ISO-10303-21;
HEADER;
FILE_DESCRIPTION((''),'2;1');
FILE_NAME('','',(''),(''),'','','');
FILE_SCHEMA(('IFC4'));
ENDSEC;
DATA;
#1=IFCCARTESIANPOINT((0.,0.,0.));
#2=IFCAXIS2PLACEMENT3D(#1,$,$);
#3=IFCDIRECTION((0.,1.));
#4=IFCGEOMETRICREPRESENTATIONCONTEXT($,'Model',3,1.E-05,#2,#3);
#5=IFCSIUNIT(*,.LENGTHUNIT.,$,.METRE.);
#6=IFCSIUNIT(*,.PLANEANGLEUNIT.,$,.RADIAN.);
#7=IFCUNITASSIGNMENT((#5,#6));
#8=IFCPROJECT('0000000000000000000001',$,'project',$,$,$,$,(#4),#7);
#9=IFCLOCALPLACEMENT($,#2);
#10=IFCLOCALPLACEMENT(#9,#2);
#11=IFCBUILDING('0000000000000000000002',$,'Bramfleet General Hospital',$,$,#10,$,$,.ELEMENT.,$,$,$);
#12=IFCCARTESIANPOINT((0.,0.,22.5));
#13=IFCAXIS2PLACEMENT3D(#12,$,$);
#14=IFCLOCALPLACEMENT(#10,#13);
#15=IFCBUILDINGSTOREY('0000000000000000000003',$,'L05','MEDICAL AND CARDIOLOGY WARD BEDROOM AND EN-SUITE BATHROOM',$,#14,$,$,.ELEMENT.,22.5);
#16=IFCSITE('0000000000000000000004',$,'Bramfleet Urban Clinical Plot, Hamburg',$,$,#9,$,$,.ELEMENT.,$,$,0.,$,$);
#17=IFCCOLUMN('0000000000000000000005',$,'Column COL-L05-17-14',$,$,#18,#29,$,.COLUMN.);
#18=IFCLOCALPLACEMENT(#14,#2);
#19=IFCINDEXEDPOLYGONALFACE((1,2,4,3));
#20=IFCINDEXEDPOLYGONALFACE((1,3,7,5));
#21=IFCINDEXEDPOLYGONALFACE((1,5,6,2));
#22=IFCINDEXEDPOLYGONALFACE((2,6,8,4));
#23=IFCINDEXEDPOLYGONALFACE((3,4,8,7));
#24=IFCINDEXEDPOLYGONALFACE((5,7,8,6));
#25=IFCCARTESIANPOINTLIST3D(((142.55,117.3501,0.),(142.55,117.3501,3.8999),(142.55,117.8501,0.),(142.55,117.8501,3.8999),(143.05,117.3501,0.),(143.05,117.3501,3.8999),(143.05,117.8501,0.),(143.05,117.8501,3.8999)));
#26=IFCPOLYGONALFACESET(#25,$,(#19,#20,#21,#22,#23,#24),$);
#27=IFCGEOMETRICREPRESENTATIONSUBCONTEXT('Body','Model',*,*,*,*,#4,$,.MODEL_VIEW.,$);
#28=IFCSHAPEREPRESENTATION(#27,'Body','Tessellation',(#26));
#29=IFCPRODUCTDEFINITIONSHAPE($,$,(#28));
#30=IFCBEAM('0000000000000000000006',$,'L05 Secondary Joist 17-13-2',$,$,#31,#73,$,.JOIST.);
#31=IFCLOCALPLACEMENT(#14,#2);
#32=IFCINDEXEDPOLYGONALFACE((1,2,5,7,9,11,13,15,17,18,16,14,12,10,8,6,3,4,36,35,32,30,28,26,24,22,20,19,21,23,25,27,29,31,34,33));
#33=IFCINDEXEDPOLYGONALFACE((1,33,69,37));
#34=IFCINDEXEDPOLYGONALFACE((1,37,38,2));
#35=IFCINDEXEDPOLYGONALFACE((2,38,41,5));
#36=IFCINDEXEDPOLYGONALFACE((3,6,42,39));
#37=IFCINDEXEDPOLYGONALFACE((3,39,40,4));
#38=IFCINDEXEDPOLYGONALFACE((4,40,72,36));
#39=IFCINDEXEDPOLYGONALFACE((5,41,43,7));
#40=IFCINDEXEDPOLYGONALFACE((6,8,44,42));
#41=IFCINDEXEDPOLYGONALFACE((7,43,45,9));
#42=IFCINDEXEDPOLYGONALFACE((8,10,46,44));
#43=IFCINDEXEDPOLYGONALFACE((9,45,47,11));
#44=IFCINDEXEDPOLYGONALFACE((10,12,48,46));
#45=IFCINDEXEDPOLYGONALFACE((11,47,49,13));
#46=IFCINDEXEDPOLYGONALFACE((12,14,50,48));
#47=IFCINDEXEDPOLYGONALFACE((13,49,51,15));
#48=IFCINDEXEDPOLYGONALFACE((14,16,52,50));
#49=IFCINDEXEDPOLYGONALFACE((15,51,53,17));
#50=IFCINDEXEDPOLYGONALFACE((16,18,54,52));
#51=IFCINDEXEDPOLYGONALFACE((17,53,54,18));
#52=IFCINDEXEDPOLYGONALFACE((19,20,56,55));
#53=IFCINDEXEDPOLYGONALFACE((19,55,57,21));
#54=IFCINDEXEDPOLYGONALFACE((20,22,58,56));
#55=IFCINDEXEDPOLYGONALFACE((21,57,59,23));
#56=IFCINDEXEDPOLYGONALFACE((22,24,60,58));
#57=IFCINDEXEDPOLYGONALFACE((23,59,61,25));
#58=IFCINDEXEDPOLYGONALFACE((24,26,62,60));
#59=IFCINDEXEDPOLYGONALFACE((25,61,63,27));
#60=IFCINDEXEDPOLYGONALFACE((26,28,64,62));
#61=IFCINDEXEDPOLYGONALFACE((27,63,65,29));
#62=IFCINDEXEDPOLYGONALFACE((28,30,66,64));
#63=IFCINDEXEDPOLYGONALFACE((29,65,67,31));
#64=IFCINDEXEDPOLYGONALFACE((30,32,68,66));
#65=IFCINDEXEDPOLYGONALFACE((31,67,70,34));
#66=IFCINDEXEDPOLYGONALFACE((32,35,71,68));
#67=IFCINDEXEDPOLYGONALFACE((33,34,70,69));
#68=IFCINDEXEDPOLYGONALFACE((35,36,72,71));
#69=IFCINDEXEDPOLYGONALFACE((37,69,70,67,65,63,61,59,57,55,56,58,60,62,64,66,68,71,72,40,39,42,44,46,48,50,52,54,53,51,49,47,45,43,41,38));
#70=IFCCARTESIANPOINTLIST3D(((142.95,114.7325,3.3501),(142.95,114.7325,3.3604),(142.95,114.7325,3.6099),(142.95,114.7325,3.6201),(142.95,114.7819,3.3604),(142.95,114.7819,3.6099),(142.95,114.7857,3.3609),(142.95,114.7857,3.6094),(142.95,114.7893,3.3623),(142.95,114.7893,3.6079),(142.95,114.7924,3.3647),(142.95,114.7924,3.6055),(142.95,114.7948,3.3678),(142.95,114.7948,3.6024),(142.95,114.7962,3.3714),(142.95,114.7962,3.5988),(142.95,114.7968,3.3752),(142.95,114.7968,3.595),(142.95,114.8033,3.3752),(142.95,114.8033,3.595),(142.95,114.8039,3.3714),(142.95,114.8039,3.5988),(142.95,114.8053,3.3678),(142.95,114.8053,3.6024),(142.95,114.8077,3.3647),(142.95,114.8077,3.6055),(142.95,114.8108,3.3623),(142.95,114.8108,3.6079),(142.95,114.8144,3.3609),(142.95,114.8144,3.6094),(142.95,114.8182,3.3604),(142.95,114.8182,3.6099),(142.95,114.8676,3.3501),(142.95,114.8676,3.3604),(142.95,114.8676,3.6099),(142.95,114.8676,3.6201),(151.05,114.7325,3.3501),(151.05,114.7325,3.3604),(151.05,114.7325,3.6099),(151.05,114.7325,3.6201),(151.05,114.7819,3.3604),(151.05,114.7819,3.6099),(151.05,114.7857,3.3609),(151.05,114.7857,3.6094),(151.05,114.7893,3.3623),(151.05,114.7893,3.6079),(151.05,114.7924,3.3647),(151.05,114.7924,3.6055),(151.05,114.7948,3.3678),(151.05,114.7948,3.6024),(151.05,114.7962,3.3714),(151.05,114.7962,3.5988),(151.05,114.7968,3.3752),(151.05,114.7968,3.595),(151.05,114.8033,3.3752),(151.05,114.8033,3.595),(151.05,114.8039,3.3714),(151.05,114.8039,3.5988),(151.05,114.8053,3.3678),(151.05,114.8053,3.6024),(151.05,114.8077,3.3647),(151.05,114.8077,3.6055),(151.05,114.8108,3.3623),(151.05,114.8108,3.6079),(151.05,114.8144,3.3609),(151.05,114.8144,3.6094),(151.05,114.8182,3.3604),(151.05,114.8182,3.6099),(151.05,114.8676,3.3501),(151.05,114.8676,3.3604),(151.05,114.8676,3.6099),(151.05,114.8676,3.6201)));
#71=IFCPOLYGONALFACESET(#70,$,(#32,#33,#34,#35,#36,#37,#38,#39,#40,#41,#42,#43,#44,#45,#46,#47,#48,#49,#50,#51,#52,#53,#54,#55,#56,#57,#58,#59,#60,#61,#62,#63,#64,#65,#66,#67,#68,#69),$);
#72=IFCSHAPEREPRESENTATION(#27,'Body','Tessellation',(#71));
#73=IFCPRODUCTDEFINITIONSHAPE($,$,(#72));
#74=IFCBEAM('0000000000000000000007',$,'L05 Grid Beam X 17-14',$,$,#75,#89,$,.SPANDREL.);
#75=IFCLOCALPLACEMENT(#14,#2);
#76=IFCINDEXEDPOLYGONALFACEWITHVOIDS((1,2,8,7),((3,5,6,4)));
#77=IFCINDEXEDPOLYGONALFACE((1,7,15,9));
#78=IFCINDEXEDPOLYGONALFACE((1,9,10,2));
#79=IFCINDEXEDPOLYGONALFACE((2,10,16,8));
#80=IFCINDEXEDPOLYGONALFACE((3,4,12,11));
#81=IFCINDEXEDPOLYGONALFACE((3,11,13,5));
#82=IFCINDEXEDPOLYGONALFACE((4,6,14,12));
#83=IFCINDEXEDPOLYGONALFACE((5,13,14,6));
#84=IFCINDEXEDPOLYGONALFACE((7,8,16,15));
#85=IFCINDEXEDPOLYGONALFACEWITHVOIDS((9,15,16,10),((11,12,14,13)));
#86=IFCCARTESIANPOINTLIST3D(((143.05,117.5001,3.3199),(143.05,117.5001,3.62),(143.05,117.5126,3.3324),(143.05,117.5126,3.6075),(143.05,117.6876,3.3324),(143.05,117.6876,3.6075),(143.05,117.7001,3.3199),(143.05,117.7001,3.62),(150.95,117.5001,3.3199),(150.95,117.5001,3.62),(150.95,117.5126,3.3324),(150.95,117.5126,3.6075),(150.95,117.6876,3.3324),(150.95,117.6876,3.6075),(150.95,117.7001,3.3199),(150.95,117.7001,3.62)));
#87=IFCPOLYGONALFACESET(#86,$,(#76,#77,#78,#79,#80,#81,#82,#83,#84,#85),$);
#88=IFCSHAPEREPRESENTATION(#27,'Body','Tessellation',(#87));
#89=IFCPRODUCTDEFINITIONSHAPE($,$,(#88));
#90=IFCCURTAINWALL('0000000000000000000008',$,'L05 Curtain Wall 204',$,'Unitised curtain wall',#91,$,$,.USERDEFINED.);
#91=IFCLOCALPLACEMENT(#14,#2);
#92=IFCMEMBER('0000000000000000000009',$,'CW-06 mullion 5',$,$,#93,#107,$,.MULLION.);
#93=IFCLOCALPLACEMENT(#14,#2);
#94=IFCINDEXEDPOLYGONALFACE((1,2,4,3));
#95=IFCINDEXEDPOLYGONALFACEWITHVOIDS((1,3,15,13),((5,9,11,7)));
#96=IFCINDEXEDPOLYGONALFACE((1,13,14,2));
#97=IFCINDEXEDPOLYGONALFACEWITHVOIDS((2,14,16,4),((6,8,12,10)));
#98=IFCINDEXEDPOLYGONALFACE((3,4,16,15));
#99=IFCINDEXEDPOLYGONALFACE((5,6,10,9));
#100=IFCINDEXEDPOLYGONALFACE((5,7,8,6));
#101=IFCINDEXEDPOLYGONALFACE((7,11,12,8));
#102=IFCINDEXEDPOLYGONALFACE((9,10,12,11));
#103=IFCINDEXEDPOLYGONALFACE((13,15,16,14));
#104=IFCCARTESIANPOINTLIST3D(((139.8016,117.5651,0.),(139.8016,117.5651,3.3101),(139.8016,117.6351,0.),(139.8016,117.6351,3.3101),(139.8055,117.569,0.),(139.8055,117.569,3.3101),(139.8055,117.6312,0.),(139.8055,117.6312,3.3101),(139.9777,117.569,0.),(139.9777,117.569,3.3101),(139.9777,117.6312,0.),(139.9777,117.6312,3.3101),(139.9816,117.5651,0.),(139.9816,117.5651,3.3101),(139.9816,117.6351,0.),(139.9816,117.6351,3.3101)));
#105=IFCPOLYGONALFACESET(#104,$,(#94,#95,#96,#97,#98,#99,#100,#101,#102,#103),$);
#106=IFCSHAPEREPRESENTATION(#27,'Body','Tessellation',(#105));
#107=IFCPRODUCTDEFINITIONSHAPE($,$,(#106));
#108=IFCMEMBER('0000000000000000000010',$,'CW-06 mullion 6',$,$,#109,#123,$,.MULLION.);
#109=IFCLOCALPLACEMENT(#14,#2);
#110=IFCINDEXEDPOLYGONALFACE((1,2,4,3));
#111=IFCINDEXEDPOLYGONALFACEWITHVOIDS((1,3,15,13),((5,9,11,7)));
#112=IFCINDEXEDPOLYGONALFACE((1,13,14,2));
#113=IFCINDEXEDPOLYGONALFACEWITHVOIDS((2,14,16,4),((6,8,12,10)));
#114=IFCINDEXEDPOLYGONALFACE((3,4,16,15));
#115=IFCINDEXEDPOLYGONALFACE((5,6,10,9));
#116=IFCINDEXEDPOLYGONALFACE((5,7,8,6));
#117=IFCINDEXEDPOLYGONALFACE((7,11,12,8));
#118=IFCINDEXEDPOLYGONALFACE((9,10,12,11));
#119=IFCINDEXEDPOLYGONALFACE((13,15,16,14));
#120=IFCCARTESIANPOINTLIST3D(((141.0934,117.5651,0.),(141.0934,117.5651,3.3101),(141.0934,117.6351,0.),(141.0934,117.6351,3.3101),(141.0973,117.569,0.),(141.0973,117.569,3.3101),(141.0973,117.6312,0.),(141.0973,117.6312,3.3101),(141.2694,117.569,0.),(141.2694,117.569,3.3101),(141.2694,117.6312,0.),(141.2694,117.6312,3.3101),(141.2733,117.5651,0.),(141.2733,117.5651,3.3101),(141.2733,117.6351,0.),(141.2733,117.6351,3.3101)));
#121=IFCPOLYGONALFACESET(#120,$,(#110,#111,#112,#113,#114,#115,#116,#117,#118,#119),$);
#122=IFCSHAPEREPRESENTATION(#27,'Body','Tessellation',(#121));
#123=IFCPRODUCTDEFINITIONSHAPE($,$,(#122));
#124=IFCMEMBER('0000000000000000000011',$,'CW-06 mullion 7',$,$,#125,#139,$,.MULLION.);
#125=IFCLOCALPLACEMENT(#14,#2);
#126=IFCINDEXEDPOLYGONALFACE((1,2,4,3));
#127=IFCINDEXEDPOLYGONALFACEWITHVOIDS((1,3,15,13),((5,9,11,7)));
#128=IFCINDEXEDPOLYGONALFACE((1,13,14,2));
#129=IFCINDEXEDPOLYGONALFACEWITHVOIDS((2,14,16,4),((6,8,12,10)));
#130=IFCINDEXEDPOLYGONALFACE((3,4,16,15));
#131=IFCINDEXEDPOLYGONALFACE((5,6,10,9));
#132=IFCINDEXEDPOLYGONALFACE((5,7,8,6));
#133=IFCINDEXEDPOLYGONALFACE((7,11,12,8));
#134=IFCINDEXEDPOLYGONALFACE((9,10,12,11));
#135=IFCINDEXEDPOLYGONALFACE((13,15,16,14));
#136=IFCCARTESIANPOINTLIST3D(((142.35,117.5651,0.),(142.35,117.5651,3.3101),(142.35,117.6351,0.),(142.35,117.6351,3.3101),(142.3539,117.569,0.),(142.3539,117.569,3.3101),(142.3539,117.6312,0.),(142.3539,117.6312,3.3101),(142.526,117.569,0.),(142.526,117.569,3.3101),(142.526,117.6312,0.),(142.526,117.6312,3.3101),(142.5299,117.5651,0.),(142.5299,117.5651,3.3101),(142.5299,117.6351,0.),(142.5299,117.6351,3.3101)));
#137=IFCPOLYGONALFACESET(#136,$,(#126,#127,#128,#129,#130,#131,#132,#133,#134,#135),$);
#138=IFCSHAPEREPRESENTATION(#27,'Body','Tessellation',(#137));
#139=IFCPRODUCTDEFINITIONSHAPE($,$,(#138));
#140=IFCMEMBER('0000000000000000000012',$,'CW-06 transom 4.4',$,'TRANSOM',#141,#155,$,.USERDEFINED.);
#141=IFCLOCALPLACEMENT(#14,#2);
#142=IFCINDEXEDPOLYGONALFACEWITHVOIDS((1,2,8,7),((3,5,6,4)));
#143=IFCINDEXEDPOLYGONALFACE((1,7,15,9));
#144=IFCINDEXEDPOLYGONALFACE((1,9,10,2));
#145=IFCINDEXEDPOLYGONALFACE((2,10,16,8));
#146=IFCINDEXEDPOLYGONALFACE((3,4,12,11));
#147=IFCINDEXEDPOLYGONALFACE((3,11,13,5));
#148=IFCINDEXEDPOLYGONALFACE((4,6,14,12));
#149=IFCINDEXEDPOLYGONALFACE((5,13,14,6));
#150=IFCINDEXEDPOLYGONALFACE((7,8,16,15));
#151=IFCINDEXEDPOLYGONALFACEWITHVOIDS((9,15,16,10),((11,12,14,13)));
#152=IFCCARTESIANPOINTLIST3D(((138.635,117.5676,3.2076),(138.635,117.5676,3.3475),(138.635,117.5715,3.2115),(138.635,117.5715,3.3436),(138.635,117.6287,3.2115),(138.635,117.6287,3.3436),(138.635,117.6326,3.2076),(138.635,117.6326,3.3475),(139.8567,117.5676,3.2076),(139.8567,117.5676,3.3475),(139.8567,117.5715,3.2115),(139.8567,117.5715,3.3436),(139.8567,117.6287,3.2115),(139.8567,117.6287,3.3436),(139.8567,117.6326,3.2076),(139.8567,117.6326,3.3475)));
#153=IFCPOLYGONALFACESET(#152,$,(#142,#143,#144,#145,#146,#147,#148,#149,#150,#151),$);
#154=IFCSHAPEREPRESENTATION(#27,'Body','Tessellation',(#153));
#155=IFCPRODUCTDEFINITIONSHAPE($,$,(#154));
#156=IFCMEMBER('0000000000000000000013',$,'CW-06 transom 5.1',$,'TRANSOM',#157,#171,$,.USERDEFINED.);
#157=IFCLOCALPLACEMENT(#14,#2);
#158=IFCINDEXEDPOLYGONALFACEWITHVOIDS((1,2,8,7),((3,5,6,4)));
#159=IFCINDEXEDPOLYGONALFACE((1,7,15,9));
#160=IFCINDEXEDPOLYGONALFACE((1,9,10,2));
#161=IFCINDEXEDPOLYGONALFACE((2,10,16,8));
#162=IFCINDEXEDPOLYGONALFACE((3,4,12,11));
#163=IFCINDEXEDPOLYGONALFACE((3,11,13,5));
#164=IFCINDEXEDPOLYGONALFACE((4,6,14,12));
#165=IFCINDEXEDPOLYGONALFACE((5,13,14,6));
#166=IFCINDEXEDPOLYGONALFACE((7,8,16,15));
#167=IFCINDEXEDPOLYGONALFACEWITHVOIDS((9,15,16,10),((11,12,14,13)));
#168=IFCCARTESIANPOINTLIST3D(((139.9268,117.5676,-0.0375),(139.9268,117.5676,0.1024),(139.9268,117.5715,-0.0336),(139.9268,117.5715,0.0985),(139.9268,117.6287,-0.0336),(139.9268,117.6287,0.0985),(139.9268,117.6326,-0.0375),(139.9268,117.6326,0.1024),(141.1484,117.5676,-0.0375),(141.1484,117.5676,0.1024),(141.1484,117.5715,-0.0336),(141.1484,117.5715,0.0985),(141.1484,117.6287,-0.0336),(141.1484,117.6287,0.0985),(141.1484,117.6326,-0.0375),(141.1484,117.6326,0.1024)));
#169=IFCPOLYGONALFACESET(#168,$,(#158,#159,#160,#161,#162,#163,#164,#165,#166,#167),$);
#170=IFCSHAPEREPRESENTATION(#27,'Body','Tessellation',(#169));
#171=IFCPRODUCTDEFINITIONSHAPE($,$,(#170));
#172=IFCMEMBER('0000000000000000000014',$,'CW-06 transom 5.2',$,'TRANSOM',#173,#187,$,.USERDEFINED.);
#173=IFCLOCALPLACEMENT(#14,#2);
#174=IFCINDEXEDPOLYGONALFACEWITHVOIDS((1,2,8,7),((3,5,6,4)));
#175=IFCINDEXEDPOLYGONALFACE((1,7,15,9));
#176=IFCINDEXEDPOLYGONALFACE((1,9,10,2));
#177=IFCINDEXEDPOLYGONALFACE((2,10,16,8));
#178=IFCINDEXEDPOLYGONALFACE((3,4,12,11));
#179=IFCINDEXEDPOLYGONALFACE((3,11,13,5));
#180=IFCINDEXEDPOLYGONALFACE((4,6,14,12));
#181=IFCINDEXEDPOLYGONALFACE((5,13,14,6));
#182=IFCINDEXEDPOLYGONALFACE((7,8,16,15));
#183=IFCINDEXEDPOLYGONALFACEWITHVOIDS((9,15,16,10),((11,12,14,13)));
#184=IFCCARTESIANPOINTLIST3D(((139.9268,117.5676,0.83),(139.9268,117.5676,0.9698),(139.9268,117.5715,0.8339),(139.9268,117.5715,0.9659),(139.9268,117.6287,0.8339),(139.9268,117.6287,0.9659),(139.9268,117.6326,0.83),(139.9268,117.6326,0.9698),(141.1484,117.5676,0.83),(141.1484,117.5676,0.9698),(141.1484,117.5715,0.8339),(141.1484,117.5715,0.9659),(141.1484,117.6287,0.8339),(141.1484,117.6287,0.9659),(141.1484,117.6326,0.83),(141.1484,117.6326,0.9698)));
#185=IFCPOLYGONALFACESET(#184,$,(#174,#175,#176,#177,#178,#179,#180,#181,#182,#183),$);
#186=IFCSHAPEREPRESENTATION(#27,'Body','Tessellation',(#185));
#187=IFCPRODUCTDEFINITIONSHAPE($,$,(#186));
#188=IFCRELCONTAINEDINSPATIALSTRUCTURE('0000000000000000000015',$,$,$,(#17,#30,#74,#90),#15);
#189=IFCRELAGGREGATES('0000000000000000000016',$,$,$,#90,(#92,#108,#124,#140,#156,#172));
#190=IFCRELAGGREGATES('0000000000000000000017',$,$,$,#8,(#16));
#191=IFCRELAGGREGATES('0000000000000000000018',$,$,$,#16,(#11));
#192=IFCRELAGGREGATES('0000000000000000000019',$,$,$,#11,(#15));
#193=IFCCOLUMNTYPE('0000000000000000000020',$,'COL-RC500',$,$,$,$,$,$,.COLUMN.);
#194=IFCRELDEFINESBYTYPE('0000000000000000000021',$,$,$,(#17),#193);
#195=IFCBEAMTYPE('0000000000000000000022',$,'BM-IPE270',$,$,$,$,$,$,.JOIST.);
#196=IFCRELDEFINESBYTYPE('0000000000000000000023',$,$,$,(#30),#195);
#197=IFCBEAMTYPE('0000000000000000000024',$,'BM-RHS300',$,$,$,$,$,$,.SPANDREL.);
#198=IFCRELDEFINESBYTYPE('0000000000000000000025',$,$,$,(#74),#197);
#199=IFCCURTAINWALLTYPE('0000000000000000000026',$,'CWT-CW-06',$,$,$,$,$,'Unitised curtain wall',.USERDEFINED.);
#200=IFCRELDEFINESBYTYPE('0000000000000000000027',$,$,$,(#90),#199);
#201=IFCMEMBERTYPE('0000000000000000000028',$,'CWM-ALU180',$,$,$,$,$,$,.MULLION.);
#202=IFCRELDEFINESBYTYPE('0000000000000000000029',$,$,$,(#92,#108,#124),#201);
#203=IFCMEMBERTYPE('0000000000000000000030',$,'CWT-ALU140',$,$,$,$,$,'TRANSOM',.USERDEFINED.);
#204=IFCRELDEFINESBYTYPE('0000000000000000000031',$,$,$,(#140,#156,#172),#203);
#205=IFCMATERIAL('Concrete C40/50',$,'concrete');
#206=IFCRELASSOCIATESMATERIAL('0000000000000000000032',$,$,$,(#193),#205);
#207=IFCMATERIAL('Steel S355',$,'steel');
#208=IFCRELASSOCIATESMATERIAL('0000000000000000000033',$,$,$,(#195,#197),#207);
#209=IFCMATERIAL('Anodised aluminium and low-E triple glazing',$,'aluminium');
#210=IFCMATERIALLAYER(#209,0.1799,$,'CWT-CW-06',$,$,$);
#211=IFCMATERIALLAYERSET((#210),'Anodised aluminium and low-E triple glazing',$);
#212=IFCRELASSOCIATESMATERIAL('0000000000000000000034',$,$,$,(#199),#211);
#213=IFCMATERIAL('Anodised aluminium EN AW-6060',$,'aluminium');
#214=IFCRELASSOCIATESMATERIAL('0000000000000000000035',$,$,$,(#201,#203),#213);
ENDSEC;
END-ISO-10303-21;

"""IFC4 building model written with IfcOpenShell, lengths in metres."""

from ifc_helpers import new_model, si_unit, direction, frame, origin, origin_2d, place, context, subcontext, project, spatial, rectangle, hollow_rectangle, i_section, extrude, material, layer, layer_set, material_profile, profile_set, type_object, element, aggregate, save


model = new_model("IFC4")

# Units and contexts
model_context = context("Model", 3, precision=1e-05, world=origin(), true_north=direction((0.0, 1.0)))
body_context = subcontext(model_context, "Body", "Model", "MODEL_VIEW")
ifc_project = project(units=[si_unit("LENGTHUNIT", "METRE"), si_unit("PLANEANGLEUNIT", "RADIAN")], contexts=[model_context])

# Site, building, storey
site_placement = place(None, origin())
site = spatial("IfcSite", under=ifc_project, at=site_placement, Name="Bramfleet Urban Clinical Plot, Hamburg", CompositionType="ELEMENT", RefElevation=0.0)
building_placement = place(site_placement, origin())
building = spatial("IfcBuilding", under=site, at=building_placement, Name="Bramfleet General Hospital", CompositionType="ELEMENT")
storey_placement = place(building_placement, frame((0.0, 0.0, 22.5)))
storey = spatial("IfcBuildingStorey", under=building, at=storey_placement, Name="L05", Description="MEDICAL AND CARDIOLOGY WARD BEDROOM AND EN-SUITE BATHROOM", CompositionType="ELEMENT", Elevation=22.5)

# Column
ifc_material_1 = material(Name="Concrete C40/50", Category="concrete")
ifc_material_profile_1 = material_profile(ifc_material_1, rectangle(XDim=0.5, YDim=0.5, at=origin_2d()), Name="RC COL 500x500")
ifc_profile_set_1 = profile_set([ifc_material_profile_1], Name="Concrete C40/50")
column_type = type_object("IfcColumnType", Name="COL-RC500", PredefinedType="COLUMN", material=ifc_profile_set_1)
column_placement = place(storey_placement, frame((142.8, 117.6001, 0.0), z_axis=(0.0, 0.0, 1.0), x_axis=(1.0, 0.0, 0.0)))
element("IfcColumn", 1, at=column_placement, inside=storey, type_object=column_type, Name="Column COL-L05-17-14", PredefinedType="COLUMN", context=body_context, shape_type="SweptSolid", body=[
    extrude(rectangle(XDim=0.5, YDim=0.5, at=origin_2d()), origin(), (0.0, 0.0, 1.0), 3.8999),
])

# Beams
ifc_material_2 = material(Name="Steel S355", Category="steel")
ifc_material_profile_2 = material_profile(ifc_material_2, i_section(OverallWidth=0.135, OverallDepth=0.27, WebThickness=0.0066, FlangeThickness=0.0103, FilletRadius=0.0149, at=origin_2d()), Name="IPE 270")
ifc_profile_set_2 = profile_set([ifc_material_profile_2], Name="Steel S355")
beam_type_1 = type_object("IfcBeamType", Name="BM-IPE270", PredefinedType="JOIST", material=ifc_profile_set_2)
beam_1_placement = place(storey_placement, frame((142.95, 114.8, 3.4851), z_axis=(1.0, 0.0, 0.0), x_axis=(0.0, 1.0, 0.0)))
element("IfcBeam", 2, at=beam_1_placement, inside=storey, type_object=beam_type_1, Name="L05 Secondary Joist 17-13-2", PredefinedType="JOIST", context=body_context, shape_type="SweptSolid", body=[
    extrude(i_section(OverallWidth=0.135, OverallDepth=0.27, WebThickness=0.0066, FlangeThickness=0.0103, FilletRadius=0.0149, at=origin_2d()), origin(), (0.0, 0.0, 1.0), 8.1001),
])
ifc_material_profile_3 = material_profile(ifc_material_2, hollow_rectangle(XDim=0.2, YDim=0.3, WallThickness=0.0125, at=origin_2d()), Name="RHS 300x200x12.5")
ifc_profile_set_3 = profile_set([ifc_material_profile_3], Name="Steel S355")
beam_type_2 = type_object("IfcBeamType", Name="BM-RHS300", PredefinedType="SPANDREL", material=ifc_profile_set_3)
beam_2_placement = place(storey_placement, frame((143.05, 117.6001, 3.47), z_axis=(1.0, 0.0, 0.0), x_axis=(0.0, 1.0, 0.0)))
element("IfcBeam", 3, at=beam_2_placement, inside=storey, type_object=beam_type_2, Name="L05 Grid Beam X 17-14", PredefinedType="SPANDREL", context=body_context, shape_type="SweptSolid", body=[
    extrude(hollow_rectangle(XDim=0.2, YDim=0.3, WallThickness=0.0125, at=origin_2d()), origin(), (0.0, 0.0, 1.0), 7.8999),
])

# Curtain wall, members
ifc_material_3 = material(Name="Anodised aluminium and low-E triple glazing", Category="aluminium")
ifc_layer_1 = layer(ifc_material_3, 0.1799, Name="CWT-CW-06")
ifc_layer_set_1 = layer_set([ifc_layer_1], Name="Anodised aluminium and low-E triple glazing")
curtain_wall_type = type_object("IfcCurtainWallType", Name="CWT-CW-06", ElementType="Unitised curtain wall", PredefinedType="USERDEFINED", material=ifc_layer_set_1)
curtain_wall_placement = place(storey_placement, origin())
curtain_wall = element("IfcCurtainWall", 4, at=curtain_wall_placement, inside=storey, type_object=curtain_wall_type, Name="L05 Curtain Wall 204", ObjectType="Unitised curtain wall", PredefinedType="USERDEFINED")
ifc_material_4 = material(Name="Anodised aluminium EN AW-6060", Category="aluminium")
ifc_material_profile_4 = material_profile(ifc_material_4, hollow_rectangle(XDim=0.0701, YDim=0.1799, WallThickness=0.0039, at=origin_2d()), Name="ALU 180x70x4.0")
ifc_profile_set_4 = profile_set([ifc_material_profile_4], Name="Anodised aluminium EN AW-6060")
member_type_1 = type_object("IfcMemberType", Name="CWM-ALU180", PredefinedType="MULLION", material=ifc_profile_set_4)
member_1_placement = place(storey_placement, frame((139.8916, 117.6001, 0.0), z_axis=(0.0, 0.0, 1.0), x_axis=(0.0, 1.0, 0.0)))
member_1 = element("IfcMember", 5, at=member_1_placement, type_object=member_type_1, Name="CW-06 mullion 5", PredefinedType="MULLION", context=body_context, shape_type="SweptSolid", body=[
    extrude(hollow_rectangle(XDim=0.0701, YDim=0.1799, WallThickness=0.0039, at=origin_2d()), origin(), (0.0, 0.0, 1.0), 3.3101),
])
member_2_placement = place(storey_placement, frame((141.1833, 117.6001, 0.0), z_axis=(0.0, 0.0, 1.0), x_axis=(0.0, 1.0, 0.0)))
member_2 = element("IfcMember", 6, at=member_2_placement, type_object=member_type_1, Name="CW-06 mullion 6", PredefinedType="MULLION", context=body_context, shape_type="SweptSolid", body=[
    extrude(hollow_rectangle(XDim=0.0701, YDim=0.1799, WallThickness=0.0039, at=origin_2d()), origin(), (0.0, 0.0, 1.0), 3.3101),
])
member_3_placement = place(storey_placement, frame((142.4399, 117.6001, 0.0), z_axis=(0.0, 0.0, 1.0), x_axis=(0.0, 1.0, 0.0)))
member_3 = element("IfcMember", 7, at=member_3_placement, type_object=member_type_1, Name="CW-06 mullion 7", PredefinedType="MULLION", context=body_context, shape_type="SweptSolid", body=[
    extrude(hollow_rectangle(XDim=0.0701, YDim=0.1799, WallThickness=0.0039, at=origin_2d()), origin(), (0.0, 0.0, 1.0), 3.3101),
])
ifc_material_profile_5 = material_profile(ifc_material_4, hollow_rectangle(XDim=0.0649, YDim=0.1399, WallThickness=0.0039, at=origin_2d()), Name="ALU 140x65x4.0")
ifc_profile_set_5 = profile_set([ifc_material_profile_5], Name="Anodised aluminium EN AW-6060")
member_type_2 = type_object("IfcMemberType", Name="CWT-ALU140", ElementType="TRANSOM", PredefinedType="USERDEFINED", material=ifc_profile_set_5)
member_4_placement = place(storey_placement, frame((138.635, 117.6001, 3.2776), z_axis=(1.0, 0.0, 0.0), x_axis=(0.0, 1.0, 0.0)))
member_4 = element("IfcMember", 8, at=member_4_placement, type_object=member_type_2, Name="CW-06 transom 4.4", ObjectType="TRANSOM", PredefinedType="USERDEFINED", context=body_context, shape_type="SweptSolid", body=[
    extrude(hollow_rectangle(XDim=0.0649, YDim=0.1399, WallThickness=0.0039, at=origin_2d()), origin(), (0.0, 0.0, 1.0), 1.2217),
])
member_5_placement = place(storey_placement, frame((139.9268, 117.6001, 0.0325), z_axis=(1.0, 0.0, 0.0), x_axis=(0.0, 1.0, 0.0)))
member_5 = element("IfcMember", 9, at=member_5_placement, type_object=member_type_2, Name="CW-06 transom 5.1", ObjectType="TRANSOM", PredefinedType="USERDEFINED", context=body_context, shape_type="SweptSolid", body=[
    extrude(hollow_rectangle(XDim=0.0649, YDim=0.1399, WallThickness=0.0039, at=origin_2d()), origin(), (0.0, 0.0, 1.0), 1.2217),
])
member_6_placement = place(storey_placement, frame((139.9268, 117.6001, 0.8999), z_axis=(1.0, 0.0, 0.0), x_axis=(0.0, 1.0, 0.0)))
member_6 = element("IfcMember", 10, at=member_6_placement, type_object=member_type_2, Name="CW-06 transom 5.2", ObjectType="TRANSOM", PredefinedType="USERDEFINED", context=body_context, shape_type="SweptSolid", body=[
    extrude(hollow_rectangle(XDim=0.0649, YDim=0.1399, WallThickness=0.0039, at=origin_2d()), origin(), (0.0, 0.0, 1.0), 1.2217),
])
aggregate(curtain_wall, [member_1, member_2, member_3, member_4, member_5, member_6])

save(model, "model.ifc")
